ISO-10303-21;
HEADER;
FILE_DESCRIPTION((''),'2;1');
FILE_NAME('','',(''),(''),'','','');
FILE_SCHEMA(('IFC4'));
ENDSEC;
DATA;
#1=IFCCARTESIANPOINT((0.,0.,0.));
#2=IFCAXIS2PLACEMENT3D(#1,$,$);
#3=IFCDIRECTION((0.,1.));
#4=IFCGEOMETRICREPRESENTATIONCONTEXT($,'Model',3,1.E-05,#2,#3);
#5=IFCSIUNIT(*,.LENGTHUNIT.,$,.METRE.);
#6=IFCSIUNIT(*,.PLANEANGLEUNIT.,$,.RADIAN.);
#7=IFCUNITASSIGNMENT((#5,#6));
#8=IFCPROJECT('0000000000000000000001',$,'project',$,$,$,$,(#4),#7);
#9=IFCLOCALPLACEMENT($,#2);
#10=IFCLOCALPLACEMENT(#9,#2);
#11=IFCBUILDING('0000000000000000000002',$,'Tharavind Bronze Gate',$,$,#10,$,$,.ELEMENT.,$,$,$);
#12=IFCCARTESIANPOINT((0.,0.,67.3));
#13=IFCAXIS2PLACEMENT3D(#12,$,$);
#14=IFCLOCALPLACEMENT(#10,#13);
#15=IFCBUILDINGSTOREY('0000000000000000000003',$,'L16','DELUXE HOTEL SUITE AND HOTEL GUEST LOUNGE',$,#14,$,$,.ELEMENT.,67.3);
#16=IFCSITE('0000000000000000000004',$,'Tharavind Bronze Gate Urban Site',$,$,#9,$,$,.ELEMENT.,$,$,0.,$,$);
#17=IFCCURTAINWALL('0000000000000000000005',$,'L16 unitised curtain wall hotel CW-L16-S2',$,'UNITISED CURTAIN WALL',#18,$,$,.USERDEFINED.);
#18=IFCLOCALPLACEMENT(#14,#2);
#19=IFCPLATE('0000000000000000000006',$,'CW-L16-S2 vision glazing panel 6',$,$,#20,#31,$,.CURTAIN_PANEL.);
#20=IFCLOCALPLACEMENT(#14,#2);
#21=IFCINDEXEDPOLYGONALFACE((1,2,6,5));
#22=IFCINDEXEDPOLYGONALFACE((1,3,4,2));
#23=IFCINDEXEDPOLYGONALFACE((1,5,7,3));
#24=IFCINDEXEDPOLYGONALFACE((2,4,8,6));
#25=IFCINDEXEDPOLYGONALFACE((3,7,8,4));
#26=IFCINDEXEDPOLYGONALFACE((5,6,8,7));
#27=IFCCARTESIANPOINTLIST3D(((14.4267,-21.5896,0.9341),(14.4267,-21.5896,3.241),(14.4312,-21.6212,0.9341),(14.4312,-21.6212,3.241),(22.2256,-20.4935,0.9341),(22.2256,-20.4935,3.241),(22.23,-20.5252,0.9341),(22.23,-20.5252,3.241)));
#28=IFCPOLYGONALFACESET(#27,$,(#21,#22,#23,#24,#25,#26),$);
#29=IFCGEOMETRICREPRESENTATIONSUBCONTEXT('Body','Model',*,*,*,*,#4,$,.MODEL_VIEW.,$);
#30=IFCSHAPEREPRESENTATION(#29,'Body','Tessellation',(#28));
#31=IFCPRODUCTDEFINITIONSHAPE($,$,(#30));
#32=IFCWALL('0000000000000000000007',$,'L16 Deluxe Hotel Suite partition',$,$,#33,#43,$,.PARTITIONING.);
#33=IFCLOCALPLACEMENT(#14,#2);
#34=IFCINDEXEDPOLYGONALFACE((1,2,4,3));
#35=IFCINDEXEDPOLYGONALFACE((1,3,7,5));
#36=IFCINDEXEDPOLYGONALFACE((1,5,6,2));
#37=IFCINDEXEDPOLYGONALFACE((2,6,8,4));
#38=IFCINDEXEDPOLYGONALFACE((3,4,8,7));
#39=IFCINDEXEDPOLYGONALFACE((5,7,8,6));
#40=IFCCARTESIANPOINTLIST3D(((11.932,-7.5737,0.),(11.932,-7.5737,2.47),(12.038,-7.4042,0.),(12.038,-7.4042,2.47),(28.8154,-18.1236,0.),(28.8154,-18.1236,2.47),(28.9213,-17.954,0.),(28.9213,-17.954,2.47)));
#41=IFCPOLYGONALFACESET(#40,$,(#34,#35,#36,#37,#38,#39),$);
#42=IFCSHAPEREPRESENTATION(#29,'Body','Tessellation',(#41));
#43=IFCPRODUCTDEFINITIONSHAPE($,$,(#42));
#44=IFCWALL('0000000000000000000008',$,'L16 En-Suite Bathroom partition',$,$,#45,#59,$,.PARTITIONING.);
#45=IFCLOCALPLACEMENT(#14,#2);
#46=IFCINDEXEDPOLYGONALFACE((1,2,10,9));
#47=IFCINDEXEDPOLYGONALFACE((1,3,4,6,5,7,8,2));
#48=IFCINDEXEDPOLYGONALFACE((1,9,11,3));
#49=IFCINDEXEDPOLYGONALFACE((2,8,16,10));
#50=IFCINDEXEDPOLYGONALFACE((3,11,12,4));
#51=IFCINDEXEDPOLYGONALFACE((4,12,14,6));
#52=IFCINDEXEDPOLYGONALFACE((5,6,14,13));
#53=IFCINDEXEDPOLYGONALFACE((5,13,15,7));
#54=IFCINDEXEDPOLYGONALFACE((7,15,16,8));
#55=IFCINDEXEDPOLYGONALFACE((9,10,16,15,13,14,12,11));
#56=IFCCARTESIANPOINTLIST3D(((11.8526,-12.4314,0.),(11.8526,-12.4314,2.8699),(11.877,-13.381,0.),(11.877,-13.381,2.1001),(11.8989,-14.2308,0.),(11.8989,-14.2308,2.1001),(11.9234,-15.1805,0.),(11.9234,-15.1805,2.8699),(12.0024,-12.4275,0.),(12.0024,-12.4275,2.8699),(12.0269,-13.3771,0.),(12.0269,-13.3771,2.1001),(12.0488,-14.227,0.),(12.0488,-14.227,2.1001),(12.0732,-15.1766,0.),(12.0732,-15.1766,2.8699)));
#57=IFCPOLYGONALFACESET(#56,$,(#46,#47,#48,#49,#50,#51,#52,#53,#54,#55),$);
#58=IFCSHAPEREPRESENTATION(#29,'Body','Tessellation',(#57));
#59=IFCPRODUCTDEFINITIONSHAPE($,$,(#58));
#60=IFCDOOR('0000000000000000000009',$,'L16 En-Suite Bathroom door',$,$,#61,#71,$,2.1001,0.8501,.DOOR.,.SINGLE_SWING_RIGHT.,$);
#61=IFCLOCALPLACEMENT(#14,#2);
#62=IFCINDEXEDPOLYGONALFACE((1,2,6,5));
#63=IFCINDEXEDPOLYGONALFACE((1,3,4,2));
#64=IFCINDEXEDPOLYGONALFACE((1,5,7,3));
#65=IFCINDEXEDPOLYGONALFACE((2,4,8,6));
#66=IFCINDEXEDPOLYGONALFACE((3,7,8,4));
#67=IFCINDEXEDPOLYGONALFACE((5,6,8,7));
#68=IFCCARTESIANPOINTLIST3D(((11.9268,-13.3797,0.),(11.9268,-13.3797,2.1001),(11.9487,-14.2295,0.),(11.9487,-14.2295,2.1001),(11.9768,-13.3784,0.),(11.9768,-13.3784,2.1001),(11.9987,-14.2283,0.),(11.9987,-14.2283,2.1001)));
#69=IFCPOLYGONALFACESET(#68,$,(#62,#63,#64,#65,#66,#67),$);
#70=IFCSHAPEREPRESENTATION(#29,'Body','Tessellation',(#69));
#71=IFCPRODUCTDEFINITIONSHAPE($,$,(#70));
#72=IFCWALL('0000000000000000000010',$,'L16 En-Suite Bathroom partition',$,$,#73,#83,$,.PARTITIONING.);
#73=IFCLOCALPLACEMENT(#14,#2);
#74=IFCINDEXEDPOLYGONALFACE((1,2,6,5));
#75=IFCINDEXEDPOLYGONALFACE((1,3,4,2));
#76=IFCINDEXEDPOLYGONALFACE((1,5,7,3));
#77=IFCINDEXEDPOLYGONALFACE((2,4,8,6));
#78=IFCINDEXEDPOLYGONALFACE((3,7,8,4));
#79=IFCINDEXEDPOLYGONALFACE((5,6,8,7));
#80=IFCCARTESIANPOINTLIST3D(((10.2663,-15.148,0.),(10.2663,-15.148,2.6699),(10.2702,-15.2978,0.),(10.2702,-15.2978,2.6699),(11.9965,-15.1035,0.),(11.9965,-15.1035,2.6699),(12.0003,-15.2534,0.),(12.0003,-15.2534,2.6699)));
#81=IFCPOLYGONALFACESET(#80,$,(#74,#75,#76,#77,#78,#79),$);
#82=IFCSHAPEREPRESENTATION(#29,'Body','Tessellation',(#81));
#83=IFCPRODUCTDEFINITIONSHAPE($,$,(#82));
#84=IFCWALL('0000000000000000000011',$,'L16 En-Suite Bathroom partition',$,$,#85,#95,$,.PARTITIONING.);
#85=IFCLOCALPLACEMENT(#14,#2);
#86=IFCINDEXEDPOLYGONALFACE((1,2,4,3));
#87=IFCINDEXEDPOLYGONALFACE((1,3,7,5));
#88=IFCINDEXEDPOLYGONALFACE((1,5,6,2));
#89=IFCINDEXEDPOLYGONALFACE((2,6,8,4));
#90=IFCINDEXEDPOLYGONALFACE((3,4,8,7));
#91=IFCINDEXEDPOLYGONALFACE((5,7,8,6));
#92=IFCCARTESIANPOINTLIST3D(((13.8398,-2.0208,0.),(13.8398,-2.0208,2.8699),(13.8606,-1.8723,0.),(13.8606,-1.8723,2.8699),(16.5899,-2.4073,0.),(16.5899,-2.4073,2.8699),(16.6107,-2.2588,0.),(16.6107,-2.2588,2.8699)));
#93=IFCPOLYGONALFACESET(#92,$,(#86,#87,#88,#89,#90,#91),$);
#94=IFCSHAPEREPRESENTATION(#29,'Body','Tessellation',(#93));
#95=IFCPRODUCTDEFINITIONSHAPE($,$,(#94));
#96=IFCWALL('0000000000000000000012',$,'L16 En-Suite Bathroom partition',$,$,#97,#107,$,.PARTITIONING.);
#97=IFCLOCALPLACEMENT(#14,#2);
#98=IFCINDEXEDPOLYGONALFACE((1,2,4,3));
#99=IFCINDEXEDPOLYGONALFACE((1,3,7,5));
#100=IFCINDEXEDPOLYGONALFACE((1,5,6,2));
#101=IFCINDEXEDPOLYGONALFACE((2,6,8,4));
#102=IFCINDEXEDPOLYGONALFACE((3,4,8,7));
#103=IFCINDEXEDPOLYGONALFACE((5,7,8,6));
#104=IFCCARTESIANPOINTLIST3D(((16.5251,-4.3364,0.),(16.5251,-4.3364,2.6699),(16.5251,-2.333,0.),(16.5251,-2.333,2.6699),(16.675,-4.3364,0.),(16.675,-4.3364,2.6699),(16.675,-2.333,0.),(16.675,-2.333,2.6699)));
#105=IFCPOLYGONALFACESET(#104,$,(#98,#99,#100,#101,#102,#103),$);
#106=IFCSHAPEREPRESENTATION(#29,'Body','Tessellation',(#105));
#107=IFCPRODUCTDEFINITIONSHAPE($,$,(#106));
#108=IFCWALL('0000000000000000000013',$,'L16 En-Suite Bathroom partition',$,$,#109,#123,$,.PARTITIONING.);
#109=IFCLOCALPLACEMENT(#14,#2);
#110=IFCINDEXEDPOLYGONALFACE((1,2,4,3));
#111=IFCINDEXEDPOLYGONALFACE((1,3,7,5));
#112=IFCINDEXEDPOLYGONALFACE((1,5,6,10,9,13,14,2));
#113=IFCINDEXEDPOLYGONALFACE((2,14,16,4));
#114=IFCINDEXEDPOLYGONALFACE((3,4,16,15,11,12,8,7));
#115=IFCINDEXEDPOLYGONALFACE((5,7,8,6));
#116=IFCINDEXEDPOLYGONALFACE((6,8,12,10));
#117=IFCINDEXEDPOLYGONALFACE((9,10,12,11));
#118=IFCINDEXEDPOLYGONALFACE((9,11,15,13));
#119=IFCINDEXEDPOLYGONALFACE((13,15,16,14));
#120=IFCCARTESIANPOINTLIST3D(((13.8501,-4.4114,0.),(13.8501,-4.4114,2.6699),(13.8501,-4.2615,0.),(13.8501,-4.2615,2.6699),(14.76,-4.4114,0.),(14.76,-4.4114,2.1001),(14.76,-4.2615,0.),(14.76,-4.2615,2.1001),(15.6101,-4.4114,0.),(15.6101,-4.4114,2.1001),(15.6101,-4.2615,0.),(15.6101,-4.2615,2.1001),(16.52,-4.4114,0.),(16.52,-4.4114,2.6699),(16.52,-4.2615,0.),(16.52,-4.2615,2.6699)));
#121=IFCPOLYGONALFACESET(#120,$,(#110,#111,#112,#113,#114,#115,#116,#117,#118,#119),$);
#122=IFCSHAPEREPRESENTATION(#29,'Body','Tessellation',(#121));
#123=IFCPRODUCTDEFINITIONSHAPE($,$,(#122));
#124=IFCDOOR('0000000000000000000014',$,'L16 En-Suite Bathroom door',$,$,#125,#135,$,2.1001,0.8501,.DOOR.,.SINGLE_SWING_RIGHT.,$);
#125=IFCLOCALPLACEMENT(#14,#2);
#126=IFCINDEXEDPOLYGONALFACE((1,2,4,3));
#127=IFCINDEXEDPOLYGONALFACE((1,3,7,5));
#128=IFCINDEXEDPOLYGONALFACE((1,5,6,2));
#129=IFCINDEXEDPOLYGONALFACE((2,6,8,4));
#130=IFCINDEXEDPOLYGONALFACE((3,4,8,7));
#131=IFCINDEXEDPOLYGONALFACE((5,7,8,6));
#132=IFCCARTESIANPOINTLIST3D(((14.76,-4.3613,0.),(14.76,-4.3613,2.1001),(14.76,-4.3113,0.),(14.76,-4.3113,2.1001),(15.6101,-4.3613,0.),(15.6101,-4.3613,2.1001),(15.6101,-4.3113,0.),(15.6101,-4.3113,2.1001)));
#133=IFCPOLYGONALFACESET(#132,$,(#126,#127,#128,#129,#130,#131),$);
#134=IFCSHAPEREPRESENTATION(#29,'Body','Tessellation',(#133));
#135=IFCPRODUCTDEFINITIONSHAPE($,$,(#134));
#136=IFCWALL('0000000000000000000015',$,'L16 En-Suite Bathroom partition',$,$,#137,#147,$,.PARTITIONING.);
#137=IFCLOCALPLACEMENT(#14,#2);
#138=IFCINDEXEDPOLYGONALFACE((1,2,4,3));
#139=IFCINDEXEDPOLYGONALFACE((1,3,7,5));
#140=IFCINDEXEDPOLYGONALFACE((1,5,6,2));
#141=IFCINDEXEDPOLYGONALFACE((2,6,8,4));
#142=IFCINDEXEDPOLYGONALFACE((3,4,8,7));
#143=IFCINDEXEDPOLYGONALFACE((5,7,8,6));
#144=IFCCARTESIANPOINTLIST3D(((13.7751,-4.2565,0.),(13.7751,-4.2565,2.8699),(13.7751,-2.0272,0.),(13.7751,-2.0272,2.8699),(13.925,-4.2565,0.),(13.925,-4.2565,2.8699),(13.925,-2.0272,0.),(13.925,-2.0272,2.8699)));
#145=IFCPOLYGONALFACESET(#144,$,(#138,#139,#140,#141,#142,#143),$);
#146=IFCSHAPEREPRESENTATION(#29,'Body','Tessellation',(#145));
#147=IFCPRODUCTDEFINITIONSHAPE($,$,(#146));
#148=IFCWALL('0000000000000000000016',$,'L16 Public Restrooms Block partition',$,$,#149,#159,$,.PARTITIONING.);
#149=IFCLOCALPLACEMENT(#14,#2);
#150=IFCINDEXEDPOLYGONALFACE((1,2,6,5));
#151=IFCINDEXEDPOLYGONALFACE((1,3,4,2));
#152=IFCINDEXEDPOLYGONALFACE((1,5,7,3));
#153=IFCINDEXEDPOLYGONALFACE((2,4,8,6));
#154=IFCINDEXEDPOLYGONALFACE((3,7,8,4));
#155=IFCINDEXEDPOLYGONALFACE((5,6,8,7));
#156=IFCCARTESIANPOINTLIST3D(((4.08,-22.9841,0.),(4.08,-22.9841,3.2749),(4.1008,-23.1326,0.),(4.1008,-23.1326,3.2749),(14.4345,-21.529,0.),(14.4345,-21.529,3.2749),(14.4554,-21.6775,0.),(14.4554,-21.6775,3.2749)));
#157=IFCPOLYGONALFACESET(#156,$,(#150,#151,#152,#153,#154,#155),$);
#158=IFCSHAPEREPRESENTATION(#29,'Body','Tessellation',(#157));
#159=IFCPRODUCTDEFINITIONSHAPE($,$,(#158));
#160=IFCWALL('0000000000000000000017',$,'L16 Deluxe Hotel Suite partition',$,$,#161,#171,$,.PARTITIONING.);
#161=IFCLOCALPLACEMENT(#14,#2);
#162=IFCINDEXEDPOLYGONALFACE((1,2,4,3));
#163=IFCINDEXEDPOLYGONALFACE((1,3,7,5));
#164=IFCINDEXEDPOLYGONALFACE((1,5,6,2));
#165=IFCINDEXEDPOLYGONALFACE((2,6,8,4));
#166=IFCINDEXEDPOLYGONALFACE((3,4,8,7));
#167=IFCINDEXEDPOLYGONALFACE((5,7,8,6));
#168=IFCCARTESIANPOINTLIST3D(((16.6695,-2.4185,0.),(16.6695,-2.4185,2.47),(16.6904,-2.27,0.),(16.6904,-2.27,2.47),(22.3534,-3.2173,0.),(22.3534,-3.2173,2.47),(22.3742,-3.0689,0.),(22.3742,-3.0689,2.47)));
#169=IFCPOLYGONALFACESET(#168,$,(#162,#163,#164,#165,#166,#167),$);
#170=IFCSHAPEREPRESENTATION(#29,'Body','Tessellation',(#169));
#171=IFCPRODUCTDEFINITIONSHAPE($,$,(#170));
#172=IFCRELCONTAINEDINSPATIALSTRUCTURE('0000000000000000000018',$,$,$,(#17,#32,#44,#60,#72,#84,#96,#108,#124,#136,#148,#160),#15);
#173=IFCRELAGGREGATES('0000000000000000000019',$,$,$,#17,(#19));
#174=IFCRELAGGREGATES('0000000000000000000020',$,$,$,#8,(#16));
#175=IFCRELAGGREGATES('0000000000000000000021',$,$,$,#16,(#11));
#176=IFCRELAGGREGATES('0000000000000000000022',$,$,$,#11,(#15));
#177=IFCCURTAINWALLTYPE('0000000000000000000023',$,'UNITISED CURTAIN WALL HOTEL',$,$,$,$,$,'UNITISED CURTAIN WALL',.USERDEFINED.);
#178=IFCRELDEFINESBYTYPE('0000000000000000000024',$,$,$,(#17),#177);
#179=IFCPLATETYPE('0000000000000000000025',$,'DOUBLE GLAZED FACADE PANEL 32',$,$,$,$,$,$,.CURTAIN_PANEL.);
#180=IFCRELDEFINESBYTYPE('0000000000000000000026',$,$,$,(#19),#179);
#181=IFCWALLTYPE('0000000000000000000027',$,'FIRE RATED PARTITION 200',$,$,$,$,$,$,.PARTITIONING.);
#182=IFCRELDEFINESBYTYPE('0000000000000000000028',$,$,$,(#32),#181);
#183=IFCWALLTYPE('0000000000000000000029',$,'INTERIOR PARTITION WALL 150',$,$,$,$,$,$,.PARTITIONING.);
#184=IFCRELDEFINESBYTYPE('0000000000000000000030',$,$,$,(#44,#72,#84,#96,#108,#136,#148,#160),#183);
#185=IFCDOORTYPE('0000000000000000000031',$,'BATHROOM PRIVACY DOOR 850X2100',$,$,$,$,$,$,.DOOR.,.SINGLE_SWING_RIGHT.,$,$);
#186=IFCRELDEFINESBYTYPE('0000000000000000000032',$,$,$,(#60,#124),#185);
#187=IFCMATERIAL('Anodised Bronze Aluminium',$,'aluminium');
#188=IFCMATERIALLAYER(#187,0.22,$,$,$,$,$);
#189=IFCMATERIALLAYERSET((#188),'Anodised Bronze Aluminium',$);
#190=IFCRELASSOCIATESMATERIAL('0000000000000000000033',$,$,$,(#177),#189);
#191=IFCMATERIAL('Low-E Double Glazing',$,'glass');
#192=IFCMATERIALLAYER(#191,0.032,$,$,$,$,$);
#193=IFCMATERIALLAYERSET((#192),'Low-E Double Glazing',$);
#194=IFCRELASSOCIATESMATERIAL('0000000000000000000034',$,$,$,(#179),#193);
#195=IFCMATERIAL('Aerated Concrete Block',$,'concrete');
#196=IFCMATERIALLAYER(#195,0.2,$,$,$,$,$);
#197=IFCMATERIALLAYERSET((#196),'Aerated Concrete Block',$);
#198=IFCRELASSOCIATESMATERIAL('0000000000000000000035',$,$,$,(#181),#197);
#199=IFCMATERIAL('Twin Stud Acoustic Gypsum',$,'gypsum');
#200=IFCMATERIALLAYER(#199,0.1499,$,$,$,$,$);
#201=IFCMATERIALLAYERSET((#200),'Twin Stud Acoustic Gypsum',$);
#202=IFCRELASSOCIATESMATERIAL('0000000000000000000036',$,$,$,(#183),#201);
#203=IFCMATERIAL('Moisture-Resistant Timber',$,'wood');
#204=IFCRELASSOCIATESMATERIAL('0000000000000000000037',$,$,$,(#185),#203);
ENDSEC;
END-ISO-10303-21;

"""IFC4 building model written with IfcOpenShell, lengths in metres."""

from ifc_helpers import new_model, si_unit, direction, frame, frame_2d, origin, origin_2d, place, context, subcontext, project, spatial, rectangle, extrude, material, layer, layer_set, type_object, element, fill, aggregate, save


model = new_model("IFC4")

# Units and contexts
model_context = context("Model", 3, precision=1e-05, world=origin(), true_north=direction((0.0, 1.0)))
body_context = subcontext(model_context, "Body", "Model", "MODEL_VIEW")
ifc_project = project(units=[si_unit("LENGTHUNIT", "METRE"), si_unit("PLANEANGLEUNIT", "RADIAN")], contexts=[model_context])

# Site, building, storey
site_placement = place(None, origin())
site = spatial("IfcSite", under=ifc_project, at=site_placement, Name="Tharavind Bronze Gate Urban Site", CompositionType="ELEMENT", RefElevation=0.0)
building_placement = place(site_placement, origin())
building = spatial("IfcBuilding", under=site, at=building_placement, Name="Tharavind Bronze Gate", CompositionType="ELEMENT")
storey_placement = place(building_placement, frame((0.0, 0.0, 67.3)))
storey = spatial("IfcBuildingStorey", under=building, at=storey_placement, Name="L16", Description="DELUXE HOTEL SUITE AND HOTEL GUEST LOUNGE", CompositionType="ELEMENT", Elevation=67.3)

# Curtain wall
ifc_material_1 = material(Name="Anodised Bronze Aluminium", Category="aluminium")
ifc_layer_1 = layer(ifc_material_1, 0.22)
ifc_layer_set_1 = layer_set([ifc_layer_1], Name="Anodised Bronze Aluminium")
curtain_wall_type = type_object("IfcCurtainWallType", Name="UNITISED CURTAIN WALL HOTEL", ElementType="UNITISED CURTAIN WALL", PredefinedType="USERDEFINED", material=ifc_layer_set_1)
curtain_wall_1_placement = place(storey_placement, origin())
curtain_wall_1 = element("IfcCurtainWall", 1, at=curtain_wall_1_placement, inside=storey, type_object=curtain_wall_type, Name="L16 unitised curtain wall hotel CW-L16-S2", ObjectType="UNITISED CURTAIN WALL", PredefinedType="USERDEFINED")

# Plate
ifc_material_2 = material(Name="Low-E Double Glazing", Category="glass")
ifc_layer_2 = layer(ifc_material_2, 0.032)
ifc_layer_set_2 = layer_set([ifc_layer_2], Name="Low-E Double Glazing")
plate_type_1 = type_object("IfcPlateType", Name="DOUBLE GLAZED FACADE PANEL 32", PredefinedType="CURTAIN_PANEL", material=ifc_layer_set_2)
plate_1_placement = place(storey_placement, frame((18.3284, -21.0574, 0.9341), z_axis=(0.0, 0.0, 1.0), x_axis=(0.990268, 0.139173, 0.0)))
plate_1 = element("IfcPlate", 2, at=plate_1_placement, type_object=plate_type_1, Name="CW-L16-S2 vision glazing panel 6", PredefinedType="CURTAIN_PANEL", context=body_context, shape_type="SweptSolid", body=[
    extrude(rectangle(XDim=7.8755, YDim=0.032, at=origin_2d()), origin(), (0.0, 0.0, 1.0), 2.3069),
])
aggregate(curtain_wall_1, [plate_1])

# Wall
ifc_material_3 = material(Name="Aerated Concrete Block", Category="concrete")
ifc_layer_3 = layer(ifc_material_3, 0.2)
ifc_layer_set_3 = layer_set([ifc_layer_3], Name="Aerated Concrete Block")
wall_type_1 = type_object("IfcWallType", Name="FIRE RATED PARTITION 200", PredefinedType="PARTITIONING", material=ifc_layer_set_3)
wall_1_placement = place(storey_placement, frame((11.9851, -7.489, 0.0), z_axis=(0.0, 0.0, 1.0), x_axis=(0.848049, -0.529917, 0.0)))
element("IfcWall", 3, at=wall_1_placement, inside=storey, type_object=wall_type_1, Name="L16 Deluxe Hotel Suite partition", PredefinedType="PARTITIONING", context=body_context, shape_type="SweptSolid", body=[
    extrude(rectangle(XDim=19.9084, YDim=0.2, at=frame_2d((9.9541, 0.0))), origin(), (0.0, 0.0, 1.0), 2.47),
])

# Wall, opening, door
ifc_material_4 = material(Name="Twin Stud Acoustic Gypsum", Category="gypsum")
ifc_layer_4 = layer(ifc_material_4, 0.1499)
ifc_layer_set_4 = layer_set([ifc_layer_4], Name="Twin Stud Acoustic Gypsum")
wall_type_2 = type_object("IfcWallType", Name="INTERIOR PARTITION WALL 150", PredefinedType="PARTITIONING", material=ifc_layer_set_4)
wall_2_placement = place(storey_placement, frame((11.9275, -12.4294, 0.0), z_axis=(0.0, 0.0, 1.0), x_axis=(0.025746, -0.999669, 0.0)))
wall_2 = element("IfcWall", 4, at=wall_2_placement, inside=storey, type_object=wall_type_2, Name="L16 En-Suite Bathroom partition", PredefinedType="PARTITIONING", context=body_context, shape_type="SweptSolid", body=[
    extrude(rectangle(XDim=2.75, YDim=0.1499, at=frame_2d((1.375, 0.0))), origin(), (0.0, 0.0, 1.0), 2.8699),
])
opening_1_placement = place(wall_2_placement, frame((0.95, 0.0, 0.0)))
opening_1 = element("IfcOpeningElement", 5, at=opening_1_placement, cuts=wall_2, PredefinedType="OPENING", context=body_context, shape_type="SweptSolid", body=[
    extrude(rectangle(XDim=0.8501, YDim=2.1001, at=frame_2d((0.425, 1.05))), frame((0.0, 0.085, 0.0), z_axis=(0.0, -1.0, 0.0), x_axis=(1.0, 0.0, 0.0)), (0.0, 0.0, 1.0), 0.1699),
])
ifc_material_5 = material(Name="Moisture-Resistant Timber", Category="wood")
door_type_1 = type_object("IfcDoorType", Name="BATHROOM PRIVACY DOOR 850X2100", OperationType="SINGLE_SWING_RIGHT", PredefinedType="DOOR", material=ifc_material_5)
door_1_placement = place(opening_1_placement, origin())
door_1 = element("IfcDoor", 6, at=door_1_placement, inside=storey, type_object=door_type_1, Name="L16 En-Suite Bathroom door", OperationType="SINGLE_SWING_RIGHT", OverallHeight=2.1001, OverallWidth=0.8501, PredefinedType="DOOR", context=body_context, shape_type="SweptSolid", body=[
    extrude(rectangle(XDim=0.8501, YDim=2.1001, at=frame_2d((0.425, 1.05))), frame((0.0, 0.0249, 0.0), z_axis=(0.0, -1.0, 0.0), x_axis=(1.0, 0.0, 0.0)), (0.0, 0.0, 1.0), 0.05),
])
fill(opening_1, door_1)

# Walls
wall_3_placement = place(storey_placement, frame((11.9983, -15.1785, 0.0), z_axis=(0.0, 0.0, 1.0), x_axis=(-0.99967, -0.025672, 0.0)))
element("IfcWall", 7, at=wall_3_placement, inside=storey, type_object=wall_type_2, Name="L16 En-Suite Bathroom partition", PredefinedType="PARTITIONING", context=body_context, shape_type="SweptSolid", body=[
    extrude(rectangle(XDim=1.7307, YDim=0.1499, at=frame_2d((0.8652, 0.0))), origin(), (0.0, 0.0, 1.0), 2.6699),
])
wall_4_placement = place(storey_placement, frame((13.8501, -1.9465, 0.0), z_axis=(0.0, 0.0, 1.0), x_axis=(0.990269, -0.139169, 0.0)))
element("IfcWall", 8, at=wall_4_placement, inside=storey, type_object=wall_type_2, Name="L16 En-Suite Bathroom partition", PredefinedType="PARTITIONING", context=body_context, shape_type="SweptSolid", body=[
    extrude(rectangle(XDim=2.7771, YDim=0.1499, at=frame_2d((1.3887, 0.0))), origin(), (0.0, 0.0, 1.0), 2.8699),
])
wall_5_placement = place(storey_placement, frame((16.6001, -2.333, 0.0), z_axis=(0.0, 0.0, 1.0), x_axis=(0.0, -1.0, 0.0)))
element("IfcWall", 9, at=wall_5_placement, inside=storey, type_object=wall_type_2, Name="L16 En-Suite Bathroom partition", PredefinedType="PARTITIONING", context=body_context, shape_type="SweptSolid", body=[
    extrude(rectangle(XDim=2.0034, YDim=0.1499, at=frame_2d((1.0017, 0.0))), origin(), (0.0, 0.0, 1.0), 2.6699),
])

# Wall, opening, door
wall_6_placement = place(storey_placement, frame((16.52, -4.3364, 0.0), z_axis=(0.0, 0.0, 1.0), x_axis=(-1.0, 0.0, 0.0)))
wall_6 = element("IfcWall", 10, at=wall_6_placement, inside=storey, type_object=wall_type_2, Name="L16 En-Suite Bathroom partition", PredefinedType="PARTITIONING", context=body_context, shape_type="SweptSolid", body=[
    extrude(rectangle(XDim=2.6699, YDim=0.1499, at=frame_2d((1.335, 0.0))), origin(), (0.0, 0.0, 1.0), 2.6699),
])
opening_2_placement = place(wall_6_placement, frame((0.9099, 0.0, 0.0)))
opening_2 = element("IfcOpeningElement", 11, at=opening_2_placement, cuts=wall_6, PredefinedType="OPENING", context=body_context, shape_type="SweptSolid", body=[
    extrude(rectangle(XDim=0.8501, YDim=2.1001, at=frame_2d((0.425, 1.05))), frame((0.0, 0.085, 0.0), z_axis=(0.0, -1.0, 0.0), x_axis=(1.0, 0.0, 0.0)), (0.0, 0.0, 1.0), 0.1699),
])
door_2_placement = place(opening_2_placement, origin())
door_2 = element("IfcDoor", 12, at=door_2_placement, inside=storey, type_object=door_type_1, Name="L16 En-Suite Bathroom door", OperationType="SINGLE_SWING_RIGHT", OverallHeight=2.1001, OverallWidth=0.8501, PredefinedType="DOOR", context=body_context, shape_type="SweptSolid", body=[
    extrude(rectangle(XDim=0.8501, YDim=2.1001, at=frame_2d((0.425, 1.05))), frame((0.0, 0.0249, 0.0), z_axis=(0.0, -1.0, 0.0), x_axis=(1.0, 0.0, 0.0)), (0.0, 0.0, 1.0), 0.05),
])
fill(opening_2, door_2)

# Walls
wall_7_placement = place(storey_placement, frame((13.8501, -4.2566, 0.0), z_axis=(0.0, 0.0, 1.0), x_axis=(0.0, 1.0, 0.0)))
element("IfcWall", 13, at=wall_7_placement, inside=storey, type_object=wall_type_2, Name="L16 En-Suite Bathroom partition", PredefinedType="PARTITIONING", context=body_context, shape_type="SweptSolid", body=[
    extrude(rectangle(XDim=2.2292, YDim=0.1499, at=frame_2d((1.1147, 0.0))), origin(), (0.0, 0.0, 1.0), 2.8699),
])
wall_8_placement = place(storey_placement, frame((14.4448, -21.6033, 0.0), z_axis=(0.0, 0.0, 1.0), x_axis=(-0.99027, -0.139159, 0.0)))
element("IfcWall", 14, at=wall_8_placement, inside=storey, type_object=wall_type_2, Name="L16 Public Restrooms Block partition", PredefinedType="PARTITIONING", context=body_context, shape_type="SweptSolid", body=[
    extrude(rectangle(XDim=10.4563, YDim=0.1499, at=frame_2d((5.228, 0.0))), origin(), (0.0, 0.0, 1.0), 3.2749),
])
wall_9_placement = place(storey_placement, frame((16.6799, -2.3442, 0.0), z_axis=(0.0, 0.0, 1.0), x_axis=(0.990268, -0.139176, 0.0)))
element("IfcWall", 15, at=wall_9_placement, inside=storey, type_object=wall_type_2, Name="L16 Deluxe Hotel Suite partition", PredefinedType="PARTITIONING", context=body_context, shape_type="SweptSolid", body=[
    extrude(rectangle(XDim=5.7397, YDim=0.1499, at=frame_2d((2.8699, 0.0))), origin(), (0.0, 0.0, 1.0), 2.47),
])

save(model, "model.ifc")
